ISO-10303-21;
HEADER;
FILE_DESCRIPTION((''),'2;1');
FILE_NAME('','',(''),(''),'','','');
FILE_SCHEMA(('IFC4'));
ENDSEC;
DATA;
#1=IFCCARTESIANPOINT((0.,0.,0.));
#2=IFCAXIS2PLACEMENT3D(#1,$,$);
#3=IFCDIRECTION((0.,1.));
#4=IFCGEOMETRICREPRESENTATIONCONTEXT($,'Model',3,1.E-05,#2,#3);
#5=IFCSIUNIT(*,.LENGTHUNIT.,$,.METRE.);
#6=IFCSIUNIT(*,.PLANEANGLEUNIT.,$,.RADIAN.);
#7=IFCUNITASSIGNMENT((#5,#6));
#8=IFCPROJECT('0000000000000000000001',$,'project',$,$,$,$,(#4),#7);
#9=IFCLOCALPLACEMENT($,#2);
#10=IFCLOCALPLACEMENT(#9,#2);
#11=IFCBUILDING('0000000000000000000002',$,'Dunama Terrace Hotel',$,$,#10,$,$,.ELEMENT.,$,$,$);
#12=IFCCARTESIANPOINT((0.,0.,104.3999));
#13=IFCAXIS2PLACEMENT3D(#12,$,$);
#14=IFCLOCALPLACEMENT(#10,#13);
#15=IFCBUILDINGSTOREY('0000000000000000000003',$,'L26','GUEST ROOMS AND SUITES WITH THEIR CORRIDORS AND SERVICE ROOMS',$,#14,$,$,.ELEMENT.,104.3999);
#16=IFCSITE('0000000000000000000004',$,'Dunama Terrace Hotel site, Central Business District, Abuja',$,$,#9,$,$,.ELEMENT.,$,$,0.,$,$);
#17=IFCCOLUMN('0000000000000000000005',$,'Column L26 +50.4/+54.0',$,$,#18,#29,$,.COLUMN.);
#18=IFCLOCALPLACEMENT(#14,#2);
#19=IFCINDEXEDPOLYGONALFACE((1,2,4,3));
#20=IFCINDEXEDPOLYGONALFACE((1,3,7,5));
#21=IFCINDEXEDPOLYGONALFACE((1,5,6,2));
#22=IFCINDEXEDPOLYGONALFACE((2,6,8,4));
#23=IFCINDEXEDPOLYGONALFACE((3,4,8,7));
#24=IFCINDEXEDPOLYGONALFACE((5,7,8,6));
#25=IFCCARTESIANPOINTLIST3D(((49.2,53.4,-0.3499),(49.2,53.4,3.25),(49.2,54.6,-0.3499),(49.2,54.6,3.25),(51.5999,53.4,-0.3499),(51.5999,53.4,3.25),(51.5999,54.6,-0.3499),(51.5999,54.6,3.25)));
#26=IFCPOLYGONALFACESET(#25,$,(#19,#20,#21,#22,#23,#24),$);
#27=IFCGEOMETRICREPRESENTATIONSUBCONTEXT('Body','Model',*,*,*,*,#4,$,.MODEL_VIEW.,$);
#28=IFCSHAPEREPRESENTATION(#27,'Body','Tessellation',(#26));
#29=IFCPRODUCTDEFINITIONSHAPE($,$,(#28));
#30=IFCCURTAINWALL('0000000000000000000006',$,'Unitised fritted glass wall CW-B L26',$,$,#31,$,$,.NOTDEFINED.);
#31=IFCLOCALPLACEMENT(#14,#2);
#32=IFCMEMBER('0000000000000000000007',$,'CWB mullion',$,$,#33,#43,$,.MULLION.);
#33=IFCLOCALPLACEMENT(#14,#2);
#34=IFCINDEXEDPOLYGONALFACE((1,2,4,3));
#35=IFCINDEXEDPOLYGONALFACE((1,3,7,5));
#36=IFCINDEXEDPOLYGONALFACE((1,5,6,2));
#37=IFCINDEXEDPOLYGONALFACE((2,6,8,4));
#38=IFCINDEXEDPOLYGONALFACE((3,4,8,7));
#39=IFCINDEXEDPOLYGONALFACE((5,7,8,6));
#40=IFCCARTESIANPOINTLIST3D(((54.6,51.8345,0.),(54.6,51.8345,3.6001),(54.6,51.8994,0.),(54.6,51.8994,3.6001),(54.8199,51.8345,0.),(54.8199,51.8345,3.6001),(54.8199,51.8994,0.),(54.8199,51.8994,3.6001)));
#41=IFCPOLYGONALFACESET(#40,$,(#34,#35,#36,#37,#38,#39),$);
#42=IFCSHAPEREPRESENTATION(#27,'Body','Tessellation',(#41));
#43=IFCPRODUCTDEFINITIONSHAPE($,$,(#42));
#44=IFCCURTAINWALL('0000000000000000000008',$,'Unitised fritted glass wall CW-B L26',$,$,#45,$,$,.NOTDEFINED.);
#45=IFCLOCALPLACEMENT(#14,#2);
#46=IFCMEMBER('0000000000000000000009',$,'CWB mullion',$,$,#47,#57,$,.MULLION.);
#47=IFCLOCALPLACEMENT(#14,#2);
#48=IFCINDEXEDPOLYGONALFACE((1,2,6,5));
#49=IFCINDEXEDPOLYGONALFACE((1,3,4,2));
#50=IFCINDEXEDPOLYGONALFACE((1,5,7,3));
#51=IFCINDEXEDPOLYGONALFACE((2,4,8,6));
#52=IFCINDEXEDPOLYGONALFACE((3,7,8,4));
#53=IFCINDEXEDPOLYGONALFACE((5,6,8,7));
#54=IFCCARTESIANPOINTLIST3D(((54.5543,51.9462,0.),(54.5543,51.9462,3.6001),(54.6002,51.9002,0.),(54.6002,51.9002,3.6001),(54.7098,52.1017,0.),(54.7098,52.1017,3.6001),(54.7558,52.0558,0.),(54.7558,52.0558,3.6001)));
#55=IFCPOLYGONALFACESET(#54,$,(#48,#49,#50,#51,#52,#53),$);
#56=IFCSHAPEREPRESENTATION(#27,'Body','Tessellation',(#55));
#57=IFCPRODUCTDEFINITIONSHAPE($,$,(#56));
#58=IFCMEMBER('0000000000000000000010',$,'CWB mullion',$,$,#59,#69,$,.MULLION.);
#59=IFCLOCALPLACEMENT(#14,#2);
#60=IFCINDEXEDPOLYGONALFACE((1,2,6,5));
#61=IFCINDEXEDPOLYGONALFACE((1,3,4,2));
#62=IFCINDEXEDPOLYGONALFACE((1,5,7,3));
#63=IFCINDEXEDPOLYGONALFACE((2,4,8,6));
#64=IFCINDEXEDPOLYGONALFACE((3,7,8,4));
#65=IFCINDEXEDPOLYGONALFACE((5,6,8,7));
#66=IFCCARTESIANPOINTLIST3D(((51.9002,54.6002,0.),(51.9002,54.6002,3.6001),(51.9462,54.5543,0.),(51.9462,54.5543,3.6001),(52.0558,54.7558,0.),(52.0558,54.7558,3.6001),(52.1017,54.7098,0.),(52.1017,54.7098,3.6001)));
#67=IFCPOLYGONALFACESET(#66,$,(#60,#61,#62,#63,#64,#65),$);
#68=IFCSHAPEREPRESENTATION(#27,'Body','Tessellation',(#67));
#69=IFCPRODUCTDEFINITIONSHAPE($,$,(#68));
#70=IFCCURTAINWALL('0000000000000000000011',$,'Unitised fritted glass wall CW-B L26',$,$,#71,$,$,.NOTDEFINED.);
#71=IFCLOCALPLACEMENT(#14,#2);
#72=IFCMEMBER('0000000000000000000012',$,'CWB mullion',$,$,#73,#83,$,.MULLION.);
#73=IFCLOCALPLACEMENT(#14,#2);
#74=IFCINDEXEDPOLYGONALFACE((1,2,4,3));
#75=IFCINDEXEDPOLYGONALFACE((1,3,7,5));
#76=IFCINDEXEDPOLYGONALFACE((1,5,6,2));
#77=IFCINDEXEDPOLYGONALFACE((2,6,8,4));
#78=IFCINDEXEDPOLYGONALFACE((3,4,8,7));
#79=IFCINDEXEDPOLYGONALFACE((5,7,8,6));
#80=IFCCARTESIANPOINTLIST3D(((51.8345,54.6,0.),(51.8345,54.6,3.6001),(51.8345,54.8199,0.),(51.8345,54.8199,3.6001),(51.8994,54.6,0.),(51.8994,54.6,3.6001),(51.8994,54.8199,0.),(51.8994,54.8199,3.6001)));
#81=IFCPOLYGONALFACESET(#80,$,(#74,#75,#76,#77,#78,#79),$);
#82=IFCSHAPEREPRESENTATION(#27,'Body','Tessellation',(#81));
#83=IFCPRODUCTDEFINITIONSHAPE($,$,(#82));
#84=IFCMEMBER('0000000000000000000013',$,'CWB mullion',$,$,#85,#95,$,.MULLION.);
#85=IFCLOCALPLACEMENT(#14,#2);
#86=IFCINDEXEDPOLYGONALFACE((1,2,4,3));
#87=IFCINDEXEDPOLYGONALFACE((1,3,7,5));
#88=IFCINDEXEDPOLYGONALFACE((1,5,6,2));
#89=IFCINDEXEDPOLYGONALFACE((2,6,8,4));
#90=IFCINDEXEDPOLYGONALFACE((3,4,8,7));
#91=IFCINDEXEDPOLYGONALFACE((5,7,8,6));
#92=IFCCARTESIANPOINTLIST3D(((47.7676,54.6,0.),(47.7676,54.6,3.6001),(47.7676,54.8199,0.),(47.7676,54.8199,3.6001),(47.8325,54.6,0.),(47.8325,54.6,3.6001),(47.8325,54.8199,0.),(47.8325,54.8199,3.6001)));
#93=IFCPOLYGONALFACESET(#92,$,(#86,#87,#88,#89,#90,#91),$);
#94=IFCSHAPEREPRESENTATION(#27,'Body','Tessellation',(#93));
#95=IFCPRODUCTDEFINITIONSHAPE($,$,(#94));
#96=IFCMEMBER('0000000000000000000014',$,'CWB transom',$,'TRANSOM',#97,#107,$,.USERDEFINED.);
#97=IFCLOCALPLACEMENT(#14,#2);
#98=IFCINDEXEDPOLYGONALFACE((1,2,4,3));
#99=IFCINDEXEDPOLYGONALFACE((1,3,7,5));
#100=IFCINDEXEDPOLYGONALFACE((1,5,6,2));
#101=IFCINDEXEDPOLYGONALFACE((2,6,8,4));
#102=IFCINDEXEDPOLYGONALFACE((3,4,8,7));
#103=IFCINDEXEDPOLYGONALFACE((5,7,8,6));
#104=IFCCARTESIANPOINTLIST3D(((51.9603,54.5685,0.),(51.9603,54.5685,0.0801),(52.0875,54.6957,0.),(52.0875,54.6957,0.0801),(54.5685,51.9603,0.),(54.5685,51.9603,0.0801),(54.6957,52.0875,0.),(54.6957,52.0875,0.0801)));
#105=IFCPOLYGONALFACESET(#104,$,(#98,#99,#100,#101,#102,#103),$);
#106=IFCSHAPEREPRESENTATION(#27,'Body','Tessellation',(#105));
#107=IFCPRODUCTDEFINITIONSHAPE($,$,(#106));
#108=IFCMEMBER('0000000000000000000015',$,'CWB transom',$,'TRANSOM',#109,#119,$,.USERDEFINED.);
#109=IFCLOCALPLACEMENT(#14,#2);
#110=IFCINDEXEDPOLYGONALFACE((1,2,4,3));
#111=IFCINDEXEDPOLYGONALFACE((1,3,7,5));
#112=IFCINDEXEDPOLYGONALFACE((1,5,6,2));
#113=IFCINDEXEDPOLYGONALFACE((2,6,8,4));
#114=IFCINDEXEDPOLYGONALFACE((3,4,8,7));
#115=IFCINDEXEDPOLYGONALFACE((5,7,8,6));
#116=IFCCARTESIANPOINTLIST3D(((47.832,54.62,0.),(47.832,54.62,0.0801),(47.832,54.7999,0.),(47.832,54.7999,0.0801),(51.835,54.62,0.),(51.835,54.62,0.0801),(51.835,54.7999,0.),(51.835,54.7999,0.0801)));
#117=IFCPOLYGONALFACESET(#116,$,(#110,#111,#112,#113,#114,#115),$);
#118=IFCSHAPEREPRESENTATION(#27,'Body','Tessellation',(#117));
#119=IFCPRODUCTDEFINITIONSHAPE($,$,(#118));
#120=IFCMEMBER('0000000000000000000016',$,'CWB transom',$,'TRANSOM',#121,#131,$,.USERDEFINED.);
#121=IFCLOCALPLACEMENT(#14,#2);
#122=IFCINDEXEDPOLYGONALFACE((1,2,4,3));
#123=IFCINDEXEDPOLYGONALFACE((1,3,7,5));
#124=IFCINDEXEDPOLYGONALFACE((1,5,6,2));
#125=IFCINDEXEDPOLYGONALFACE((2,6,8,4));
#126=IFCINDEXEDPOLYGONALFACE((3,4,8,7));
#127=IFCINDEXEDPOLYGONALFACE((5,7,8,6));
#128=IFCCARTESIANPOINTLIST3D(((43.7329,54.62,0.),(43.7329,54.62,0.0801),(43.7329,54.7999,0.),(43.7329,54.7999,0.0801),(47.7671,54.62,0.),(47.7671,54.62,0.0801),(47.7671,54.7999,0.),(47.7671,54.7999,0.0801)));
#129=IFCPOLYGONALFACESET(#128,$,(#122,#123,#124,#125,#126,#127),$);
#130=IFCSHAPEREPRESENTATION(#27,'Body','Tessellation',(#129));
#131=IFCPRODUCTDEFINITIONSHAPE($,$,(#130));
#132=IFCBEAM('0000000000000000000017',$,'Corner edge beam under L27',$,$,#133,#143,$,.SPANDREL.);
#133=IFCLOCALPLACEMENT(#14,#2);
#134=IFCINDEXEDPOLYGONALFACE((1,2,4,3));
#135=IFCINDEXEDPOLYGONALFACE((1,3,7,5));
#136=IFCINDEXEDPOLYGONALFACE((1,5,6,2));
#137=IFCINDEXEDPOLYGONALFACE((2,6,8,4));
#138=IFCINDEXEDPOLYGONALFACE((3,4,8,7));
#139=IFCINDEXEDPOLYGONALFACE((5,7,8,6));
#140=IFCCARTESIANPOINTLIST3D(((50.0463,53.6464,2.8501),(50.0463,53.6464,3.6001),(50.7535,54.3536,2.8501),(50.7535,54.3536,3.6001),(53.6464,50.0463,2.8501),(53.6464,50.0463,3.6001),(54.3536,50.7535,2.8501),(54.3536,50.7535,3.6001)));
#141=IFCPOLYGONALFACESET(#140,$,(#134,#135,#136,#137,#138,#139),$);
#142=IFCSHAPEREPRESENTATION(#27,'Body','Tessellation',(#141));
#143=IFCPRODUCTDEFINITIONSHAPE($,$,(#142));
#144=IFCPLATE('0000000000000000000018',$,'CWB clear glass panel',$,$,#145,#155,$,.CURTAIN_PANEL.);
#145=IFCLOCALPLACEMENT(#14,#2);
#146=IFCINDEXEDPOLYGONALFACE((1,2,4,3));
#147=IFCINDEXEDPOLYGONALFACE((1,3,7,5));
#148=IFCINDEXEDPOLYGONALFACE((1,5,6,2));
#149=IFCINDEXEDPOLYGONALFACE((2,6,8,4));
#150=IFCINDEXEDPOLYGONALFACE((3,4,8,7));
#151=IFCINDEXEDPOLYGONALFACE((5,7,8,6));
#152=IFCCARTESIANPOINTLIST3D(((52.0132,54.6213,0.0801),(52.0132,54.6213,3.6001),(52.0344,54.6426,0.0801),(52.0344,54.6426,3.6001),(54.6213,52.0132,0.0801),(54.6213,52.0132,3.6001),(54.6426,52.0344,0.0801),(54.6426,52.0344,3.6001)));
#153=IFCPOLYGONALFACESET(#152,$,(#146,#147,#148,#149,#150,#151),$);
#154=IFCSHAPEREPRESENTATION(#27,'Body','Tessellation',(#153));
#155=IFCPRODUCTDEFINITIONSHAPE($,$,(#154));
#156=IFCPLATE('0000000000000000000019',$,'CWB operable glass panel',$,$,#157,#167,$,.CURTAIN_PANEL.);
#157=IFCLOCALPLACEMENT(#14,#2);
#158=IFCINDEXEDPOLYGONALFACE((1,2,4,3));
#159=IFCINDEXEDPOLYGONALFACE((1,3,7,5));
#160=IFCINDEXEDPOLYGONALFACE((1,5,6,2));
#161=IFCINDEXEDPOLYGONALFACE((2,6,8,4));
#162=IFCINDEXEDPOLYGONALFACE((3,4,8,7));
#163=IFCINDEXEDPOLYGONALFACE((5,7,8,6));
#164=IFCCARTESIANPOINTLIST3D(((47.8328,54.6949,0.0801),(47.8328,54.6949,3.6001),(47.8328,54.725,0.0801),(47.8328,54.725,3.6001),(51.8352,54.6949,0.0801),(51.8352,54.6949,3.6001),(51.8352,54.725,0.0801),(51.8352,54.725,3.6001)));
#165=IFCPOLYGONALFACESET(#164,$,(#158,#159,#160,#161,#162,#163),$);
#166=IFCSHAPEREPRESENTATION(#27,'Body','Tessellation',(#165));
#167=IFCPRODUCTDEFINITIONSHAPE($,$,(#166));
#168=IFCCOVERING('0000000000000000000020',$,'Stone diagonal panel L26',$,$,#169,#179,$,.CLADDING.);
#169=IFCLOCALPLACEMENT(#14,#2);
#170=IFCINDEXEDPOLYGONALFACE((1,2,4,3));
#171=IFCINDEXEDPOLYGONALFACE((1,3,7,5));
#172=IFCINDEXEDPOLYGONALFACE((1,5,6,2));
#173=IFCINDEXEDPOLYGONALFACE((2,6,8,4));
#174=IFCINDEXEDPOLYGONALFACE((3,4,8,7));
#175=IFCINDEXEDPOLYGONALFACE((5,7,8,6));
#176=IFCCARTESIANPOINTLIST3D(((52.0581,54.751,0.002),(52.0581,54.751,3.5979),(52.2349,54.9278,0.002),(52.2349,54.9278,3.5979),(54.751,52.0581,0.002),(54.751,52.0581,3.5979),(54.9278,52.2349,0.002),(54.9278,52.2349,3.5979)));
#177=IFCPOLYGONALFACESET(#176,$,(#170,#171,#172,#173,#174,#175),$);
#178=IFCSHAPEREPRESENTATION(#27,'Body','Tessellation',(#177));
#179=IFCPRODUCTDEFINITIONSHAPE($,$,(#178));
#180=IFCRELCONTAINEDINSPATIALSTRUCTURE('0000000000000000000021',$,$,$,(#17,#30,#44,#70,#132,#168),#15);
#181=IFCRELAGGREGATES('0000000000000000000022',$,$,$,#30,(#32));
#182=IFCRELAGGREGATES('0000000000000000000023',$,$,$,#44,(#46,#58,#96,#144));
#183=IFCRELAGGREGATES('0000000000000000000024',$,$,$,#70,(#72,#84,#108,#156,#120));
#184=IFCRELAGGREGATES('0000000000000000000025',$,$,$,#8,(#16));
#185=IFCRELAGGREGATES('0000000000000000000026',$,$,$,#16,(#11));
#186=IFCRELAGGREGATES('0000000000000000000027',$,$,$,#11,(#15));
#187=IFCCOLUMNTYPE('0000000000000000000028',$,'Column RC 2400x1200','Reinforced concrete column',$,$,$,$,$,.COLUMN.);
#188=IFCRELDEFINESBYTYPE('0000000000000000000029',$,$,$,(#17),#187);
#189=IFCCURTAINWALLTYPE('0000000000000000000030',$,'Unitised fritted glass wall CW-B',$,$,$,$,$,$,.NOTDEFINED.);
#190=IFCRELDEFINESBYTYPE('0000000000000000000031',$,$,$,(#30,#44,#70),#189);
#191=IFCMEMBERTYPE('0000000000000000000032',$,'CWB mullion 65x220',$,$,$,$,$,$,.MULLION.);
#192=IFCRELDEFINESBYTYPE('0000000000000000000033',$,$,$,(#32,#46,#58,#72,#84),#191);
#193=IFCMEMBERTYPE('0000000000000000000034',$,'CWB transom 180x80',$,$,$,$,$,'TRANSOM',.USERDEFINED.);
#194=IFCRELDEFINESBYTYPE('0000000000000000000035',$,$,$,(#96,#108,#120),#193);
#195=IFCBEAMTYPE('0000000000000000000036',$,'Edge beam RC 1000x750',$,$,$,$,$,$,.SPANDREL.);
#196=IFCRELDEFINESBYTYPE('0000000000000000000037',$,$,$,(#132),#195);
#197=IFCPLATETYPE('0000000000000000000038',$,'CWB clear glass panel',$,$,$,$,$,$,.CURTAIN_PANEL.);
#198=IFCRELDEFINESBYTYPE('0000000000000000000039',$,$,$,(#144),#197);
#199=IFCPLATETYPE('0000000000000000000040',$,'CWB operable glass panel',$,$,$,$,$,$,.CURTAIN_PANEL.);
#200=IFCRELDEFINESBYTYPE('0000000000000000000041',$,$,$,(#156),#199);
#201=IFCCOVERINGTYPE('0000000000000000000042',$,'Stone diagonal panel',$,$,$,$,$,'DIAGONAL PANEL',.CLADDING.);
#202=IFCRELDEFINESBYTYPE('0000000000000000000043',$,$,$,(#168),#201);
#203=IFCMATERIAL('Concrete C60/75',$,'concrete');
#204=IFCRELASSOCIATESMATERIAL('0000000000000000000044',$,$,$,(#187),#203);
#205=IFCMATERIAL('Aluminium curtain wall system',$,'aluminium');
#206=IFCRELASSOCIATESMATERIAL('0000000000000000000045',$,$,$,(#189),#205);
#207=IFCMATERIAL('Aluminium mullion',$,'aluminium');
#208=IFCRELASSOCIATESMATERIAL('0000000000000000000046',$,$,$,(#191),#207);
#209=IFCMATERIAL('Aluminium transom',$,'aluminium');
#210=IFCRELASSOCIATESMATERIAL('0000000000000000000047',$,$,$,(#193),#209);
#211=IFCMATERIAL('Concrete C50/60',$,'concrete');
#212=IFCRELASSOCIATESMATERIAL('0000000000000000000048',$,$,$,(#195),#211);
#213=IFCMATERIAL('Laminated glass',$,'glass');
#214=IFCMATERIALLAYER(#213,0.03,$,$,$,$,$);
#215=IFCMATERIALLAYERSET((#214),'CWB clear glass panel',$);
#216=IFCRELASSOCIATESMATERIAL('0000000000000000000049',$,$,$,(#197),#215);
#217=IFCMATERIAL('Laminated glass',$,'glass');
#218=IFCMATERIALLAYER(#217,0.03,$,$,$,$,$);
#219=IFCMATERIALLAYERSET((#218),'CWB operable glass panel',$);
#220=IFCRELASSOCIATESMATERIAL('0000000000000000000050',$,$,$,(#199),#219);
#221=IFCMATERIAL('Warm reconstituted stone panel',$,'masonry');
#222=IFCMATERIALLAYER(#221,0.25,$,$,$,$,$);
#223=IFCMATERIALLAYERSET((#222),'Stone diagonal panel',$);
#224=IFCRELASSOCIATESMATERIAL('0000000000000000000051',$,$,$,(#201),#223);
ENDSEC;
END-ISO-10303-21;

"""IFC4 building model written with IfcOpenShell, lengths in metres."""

from ifc_helpers import new_model, si_unit, direction, frame, origin, origin_2d, place, context, subcontext, project, spatial, rectangle, extrude, material, layer, layer_set, material_profile, profile_set, type_object, element, aggregate, save


model = new_model("IFC4")

# Units and contexts
model_context = context("Model", 3, precision=1e-05, world=origin(), true_north=direction((0.0, 1.0)))
body_context = subcontext(model_context, "Body", "Model", "MODEL_VIEW")
ifc_project = project(units=[si_unit("LENGTHUNIT", "METRE"), si_unit("PLANEANGLEUNIT", "RADIAN")], contexts=[model_context])

# Site, building, storey
site_placement = place(None, origin())
site = spatial("IfcSite", under=ifc_project, at=site_placement, Name="Dunama Terrace Hotel site, Central Business District, Abuja", CompositionType="ELEMENT", RefElevation=0.0)
building_placement = place(site_placement, origin())
building = spatial("IfcBuilding", under=site, at=building_placement, Name="Dunama Terrace Hotel", CompositionType="ELEMENT")
storey_placement = place(building_placement, frame((0.0, 0.0, 104.3999)))
storey = spatial("IfcBuildingStorey", under=building, at=storey_placement, Name="L26", Description="GUEST ROOMS AND SUITES WITH THEIR CORRIDORS AND SERVICE ROOMS", CompositionType="ELEMENT", Elevation=104.3999)

# Column
ifc_material_1 = material(Name="Concrete C60/75", Category="concrete")
ifc_material_profile_1 = material_profile(ifc_material_1, rectangle(XDim=2.3999, YDim=1.2, at=origin_2d()), Name="RC 2400x1200")
ifc_profile_set_1 = profile_set([ifc_material_profile_1], Name="Concrete C60/75")
column_type = type_object("IfcColumnType", Name="Column RC 2400x1200", Description="Reinforced concrete column", PredefinedType="COLUMN", material=ifc_profile_set_1)
column_placement = place(storey_placement, frame((50.3999, 54.0, -0.3499), z_axis=(0.0, 0.0, 1.0), x_axis=(1.0, 0.0, 0.0)))
element("IfcColumn", 1, at=column_placement, inside=storey, type_object=column_type, Name="Column L26 +50.4/+54.0", PredefinedType="COLUMN", context=body_context, shape_type="SweptSolid", body=[
    extrude(rectangle(XDim=2.3999, YDim=1.2, at=origin_2d()), origin(), (0.0, 0.0, 1.0), 3.5999),
])

# Curtain wall, member
ifc_material_2 = material(Name="Aluminium curtain wall system", Category="aluminium")
curtain_wall_type = type_object("IfcCurtainWallType", Name="Unitised fritted glass wall CW-B", PredefinedType="NOTDEFINED", material=ifc_material_2)
curtain_wall_1_placement = place(storey_placement, origin())
curtain_wall_1 = element("IfcCurtainWall", 2, at=curtain_wall_1_placement, inside=storey, type_object=curtain_wall_type, Name="Unitised fritted glass wall CW-B L26", PredefinedType="NOTDEFINED")
ifc_material_3 = material(Name="Aluminium mullion", Category="aluminium")
ifc_material_profile_2 = material_profile(ifc_material_3, rectangle(XDim=0.0649, YDim=0.22, at=origin_2d()), Name="CWB MULLION 65X220")
ifc_profile_set_2 = profile_set([ifc_material_profile_2], Name="Aluminium mullion")
member_type_1 = type_object("IfcMemberType", Name="CWB mullion 65x220", PredefinedType="MULLION", material=ifc_profile_set_2)
member_1_placement = place(storey_placement, frame((54.71, 51.8669, 0.0), z_axis=(0.0, 0.0, 1.0), x_axis=(0.0, 1.0, 0.0)))
member_1 = element("IfcMember", 3, at=member_1_placement, type_object=member_type_1, Name="CWB mullion", PredefinedType="MULLION", context=body_context, shape_type="SweptSolid", body=[
    extrude(rectangle(XDim=0.0649, YDim=0.22, at=origin_2d()), origin(), (0.0, 0.0, 1.0), 3.6001),
])
aggregate(curtain_wall_1, [member_1])

# Curtain walls, members
curtain_wall_2_placement = place(storey_placement, origin())
curtain_wall_2 = element("IfcCurtainWall", 4, at=curtain_wall_2_placement, inside=storey, type_object=curtain_wall_type, Name="Unitised fritted glass wall CW-B L26", PredefinedType="NOTDEFINED")
member_2_placement = place(storey_placement, frame((54.655, 52.001, 0.0), z_axis=(0.0, 0.0, 1.0), x_axis=(-0.707107, 0.707107, 0.0)))
member_2 = element("IfcMember", 5, at=member_2_placement, type_object=member_type_1, Name="CWB mullion", PredefinedType="MULLION", context=body_context, shape_type="SweptSolid", body=[
    extrude(rectangle(XDim=0.0649, YDim=0.22, at=origin_2d()), origin(), (0.0, 0.0, 1.0), 3.6001),
])
member_3_placement = place(storey_placement, frame((52.001, 54.655, 0.0), z_axis=(0.0, 0.0, 1.0), x_axis=(-0.707107, 0.707107, 0.0)))
member_3 = element("IfcMember", 6, at=member_3_placement, type_object=member_type_1, Name="CWB mullion", PredefinedType="MULLION", context=body_context, shape_type="SweptSolid", body=[
    extrude(rectangle(XDim=0.0649, YDim=0.22, at=origin_2d()), origin(), (0.0, 0.0, 1.0), 3.6001),
])
curtain_wall_3_placement = place(storey_placement, origin())
curtain_wall_3 = element("IfcCurtainWall", 7, at=curtain_wall_3_placement, inside=storey, type_object=curtain_wall_type, Name="Unitised fritted glass wall CW-B L26", PredefinedType="NOTDEFINED")
member_4_placement = place(storey_placement, frame((51.8669, 54.71, 0.0), z_axis=(0.0, 0.0, 1.0), x_axis=(-1.0, 0.0, 0.0)))
member_4 = element("IfcMember", 8, at=member_4_placement, type_object=member_type_1, Name="CWB mullion", PredefinedType="MULLION", context=body_context, shape_type="SweptSolid", body=[
    extrude(rectangle(XDim=0.0649, YDim=0.22, at=origin_2d()), origin(), (0.0, 0.0, 1.0), 3.6001),
])
member_5_placement = place(storey_placement, frame((47.8, 54.71, 0.0), z_axis=(0.0, 0.0, 1.0), x_axis=(-1.0, 0.0, 0.0)))
member_5 = element("IfcMember", 9, at=member_5_placement, type_object=member_type_1, Name="CWB mullion", PredefinedType="MULLION", context=body_context, shape_type="SweptSolid", body=[
    extrude(rectangle(XDim=0.0649, YDim=0.22, at=origin_2d()), origin(), (0.0, 0.0, 1.0), 3.6001),
])

# Members
ifc_material_4 = material(Name="Aluminium transom", Category="aluminium")
ifc_material_profile_3 = material_profile(ifc_material_4, rectangle(XDim=0.1799, YDim=0.0801, at=origin_2d()), Name="CWB TRANSOM 180X80")
ifc_profile_set_3 = profile_set([ifc_material_profile_3], Name="Aluminium transom")
member_type_2 = type_object("IfcMemberType", Name="CWB transom 180x80", ElementType="TRANSOM", PredefinedType="USERDEFINED", material=ifc_profile_set_3)
member_6_placement = place(storey_placement, frame((54.6321, 52.0239, 0.04), z_axis=(-0.707107, 0.707107, 0.0), x_axis=(-0.707107, -0.707107, 0.0)))
member_6 = element("IfcMember", 10, at=member_6_placement, type_object=member_type_2, Name="CWB transom", ObjectType="TRANSOM", PredefinedType="USERDEFINED", context=body_context, shape_type="SweptSolid", body=[
    extrude(rectangle(XDim=0.1799, YDim=0.0801, at=origin_2d()), origin(), (0.0, 0.0, 1.0), 3.6885),
])
member_7_placement = place(storey_placement, frame((51.835, 54.71, 0.04), z_axis=(-1.0, 0.0, 0.0), x_axis=(0.0, -1.0, 0.0)))
member_7 = element("IfcMember", 11, at=member_7_placement, type_object=member_type_2, Name="CWB transom", ObjectType="TRANSOM", PredefinedType="USERDEFINED", context=body_context, shape_type="SweptSolid", body=[
    extrude(rectangle(XDim=0.1799, YDim=0.0801, at=origin_2d()), origin(), (0.0, 0.0, 1.0), 4.0029),
])
member_8_placement = place(storey_placement, frame((47.7671, 54.71, 0.04), z_axis=(-1.0, 0.0, 0.0), x_axis=(0.0, -1.0, 0.0)))
member_8 = element("IfcMember", 12, at=member_8_placement, type_object=member_type_2, Name="CWB transom", ObjectType="TRANSOM", PredefinedType="USERDEFINED", context=body_context, shape_type="SweptSolid", body=[
    extrude(rectangle(XDim=0.1799, YDim=0.0801, at=origin_2d()), origin(), (0.0, 0.0, 1.0), 4.0342),
])

# Beam
ifc_material_5 = material(Name="Concrete C50/60", Category="concrete")
ifc_material_profile_4 = material_profile(ifc_material_5, rectangle(XDim=1.0, YDim=0.75, at=origin_2d()), Name="RC 1000x750")
ifc_profile_set_4 = profile_set([ifc_material_profile_4], Name="Concrete C50/60")
beam_type = type_object("IfcBeamType", Name="Edge beam RC 1000x750", PredefinedType="SPANDREL", material=ifc_profile_set_4)
beam_placement = place(storey_placement, frame((50.3999, 54.0, 3.2251), z_axis=(0.707107, -0.707107, 0.0), x_axis=(0.707107, 0.707107, 0.0)))
element("IfcBeam", 13, at=beam_placement, inside=storey, type_object=beam_type, Name="Corner edge beam under L27", PredefinedType="SPANDREL", context=body_context, shape_type="SweptSolid", body=[
    extrude(rectangle(XDim=1.0, YDim=0.75, at=origin_2d()), origin(), (0.0, 0.0, 1.0), 5.0913),
])

# Plates
ifc_material_6 = material(Name="Laminated glass", Category="glass")
ifc_layer_1 = layer(ifc_material_6, 0.03)
ifc_layer_set_1 = layer_set([ifc_layer_1], Name="CWB clear glass panel")
plate_type_1 = type_object("IfcPlateType", Name="CWB clear glass panel", PredefinedType="CURTAIN_PANEL", material=ifc_layer_set_1)
plate_1_placement = place(storey_placement, frame((53.3279, 53.3279, 0.0801), z_axis=(0.0, 0.0, 1.0), x_axis=(-0.707107, 0.707107, 0.0)))
plate_1 = element("IfcPlate", 14, at=plate_1_placement, type_object=plate_type_1, Name="CWB clear glass panel", PredefinedType="CURTAIN_PANEL", context=body_context, shape_type="SweptSolid", body=[
    extrude(rectangle(XDim=3.6885, YDim=0.03, at=origin_2d()), origin(), (0.0, 0.0, 1.0), 3.52),
])
aggregate(curtain_wall_2, [member_2, member_3, member_6, plate_1])
ifc_material_7 = material(Name="Laminated glass", Category="glass")
ifc_layer_2 = layer(ifc_material_7, 0.03)
ifc_layer_set_2 = layer_set([ifc_layer_2], Name="CWB operable glass panel")
plate_type_2 = type_object("IfcPlateType", Name="CWB operable glass panel", PredefinedType="CURTAIN_PANEL", material=ifc_layer_set_2)
plate_2_placement = place(storey_placement, frame((49.834, 54.71, 0.0801), z_axis=(0.0, 0.0, 1.0), x_axis=(-1.0, 0.0, 0.0)))
plate_2 = element("IfcPlate", 15, at=plate_2_placement, type_object=plate_type_2, Name="CWB operable glass panel", PredefinedType="CURTAIN_PANEL", context=body_context, shape_type="SweptSolid", body=[
    extrude(rectangle(XDim=4.0024, YDim=0.03, at=origin_2d()), origin(), (0.0, 0.0, 1.0), 3.52),
])
aggregate(curtain_wall_3, [member_4, member_5, member_7, plate_2, member_8])

# Covering
ifc_material_8 = material(Name="Warm reconstituted stone panel", Category="masonry")
ifc_layer_3 = layer(ifc_material_8, 0.25)
ifc_layer_set_3 = layer_set([ifc_layer_3], Name="Stone diagonal panel")
covering_type = type_object("IfcCoveringType", Name="Stone diagonal panel", ElementType="DIAGONAL PANEL", PredefinedType="CLADDING", material=ifc_layer_set_3)
covering_placement = place(storey_placement, frame((53.4929, 53.4929, 0.002), z_axis=(0.0, 0.0, 1.0), x_axis=(-0.707107, 0.707107, 0.0)))
element("IfcCovering", 16, at=covering_placement, inside=storey, type_object=covering_type, Name="Stone diagonal panel L26", PredefinedType="CLADDING", context=body_context, shape_type="SweptSolid", body=[
    extrude(rectangle(XDim=3.8083, YDim=0.25, at=origin_2d()), origin(), (0.0, 0.0, 1.0), 3.5959),
])

save(model, "model.ifc")
